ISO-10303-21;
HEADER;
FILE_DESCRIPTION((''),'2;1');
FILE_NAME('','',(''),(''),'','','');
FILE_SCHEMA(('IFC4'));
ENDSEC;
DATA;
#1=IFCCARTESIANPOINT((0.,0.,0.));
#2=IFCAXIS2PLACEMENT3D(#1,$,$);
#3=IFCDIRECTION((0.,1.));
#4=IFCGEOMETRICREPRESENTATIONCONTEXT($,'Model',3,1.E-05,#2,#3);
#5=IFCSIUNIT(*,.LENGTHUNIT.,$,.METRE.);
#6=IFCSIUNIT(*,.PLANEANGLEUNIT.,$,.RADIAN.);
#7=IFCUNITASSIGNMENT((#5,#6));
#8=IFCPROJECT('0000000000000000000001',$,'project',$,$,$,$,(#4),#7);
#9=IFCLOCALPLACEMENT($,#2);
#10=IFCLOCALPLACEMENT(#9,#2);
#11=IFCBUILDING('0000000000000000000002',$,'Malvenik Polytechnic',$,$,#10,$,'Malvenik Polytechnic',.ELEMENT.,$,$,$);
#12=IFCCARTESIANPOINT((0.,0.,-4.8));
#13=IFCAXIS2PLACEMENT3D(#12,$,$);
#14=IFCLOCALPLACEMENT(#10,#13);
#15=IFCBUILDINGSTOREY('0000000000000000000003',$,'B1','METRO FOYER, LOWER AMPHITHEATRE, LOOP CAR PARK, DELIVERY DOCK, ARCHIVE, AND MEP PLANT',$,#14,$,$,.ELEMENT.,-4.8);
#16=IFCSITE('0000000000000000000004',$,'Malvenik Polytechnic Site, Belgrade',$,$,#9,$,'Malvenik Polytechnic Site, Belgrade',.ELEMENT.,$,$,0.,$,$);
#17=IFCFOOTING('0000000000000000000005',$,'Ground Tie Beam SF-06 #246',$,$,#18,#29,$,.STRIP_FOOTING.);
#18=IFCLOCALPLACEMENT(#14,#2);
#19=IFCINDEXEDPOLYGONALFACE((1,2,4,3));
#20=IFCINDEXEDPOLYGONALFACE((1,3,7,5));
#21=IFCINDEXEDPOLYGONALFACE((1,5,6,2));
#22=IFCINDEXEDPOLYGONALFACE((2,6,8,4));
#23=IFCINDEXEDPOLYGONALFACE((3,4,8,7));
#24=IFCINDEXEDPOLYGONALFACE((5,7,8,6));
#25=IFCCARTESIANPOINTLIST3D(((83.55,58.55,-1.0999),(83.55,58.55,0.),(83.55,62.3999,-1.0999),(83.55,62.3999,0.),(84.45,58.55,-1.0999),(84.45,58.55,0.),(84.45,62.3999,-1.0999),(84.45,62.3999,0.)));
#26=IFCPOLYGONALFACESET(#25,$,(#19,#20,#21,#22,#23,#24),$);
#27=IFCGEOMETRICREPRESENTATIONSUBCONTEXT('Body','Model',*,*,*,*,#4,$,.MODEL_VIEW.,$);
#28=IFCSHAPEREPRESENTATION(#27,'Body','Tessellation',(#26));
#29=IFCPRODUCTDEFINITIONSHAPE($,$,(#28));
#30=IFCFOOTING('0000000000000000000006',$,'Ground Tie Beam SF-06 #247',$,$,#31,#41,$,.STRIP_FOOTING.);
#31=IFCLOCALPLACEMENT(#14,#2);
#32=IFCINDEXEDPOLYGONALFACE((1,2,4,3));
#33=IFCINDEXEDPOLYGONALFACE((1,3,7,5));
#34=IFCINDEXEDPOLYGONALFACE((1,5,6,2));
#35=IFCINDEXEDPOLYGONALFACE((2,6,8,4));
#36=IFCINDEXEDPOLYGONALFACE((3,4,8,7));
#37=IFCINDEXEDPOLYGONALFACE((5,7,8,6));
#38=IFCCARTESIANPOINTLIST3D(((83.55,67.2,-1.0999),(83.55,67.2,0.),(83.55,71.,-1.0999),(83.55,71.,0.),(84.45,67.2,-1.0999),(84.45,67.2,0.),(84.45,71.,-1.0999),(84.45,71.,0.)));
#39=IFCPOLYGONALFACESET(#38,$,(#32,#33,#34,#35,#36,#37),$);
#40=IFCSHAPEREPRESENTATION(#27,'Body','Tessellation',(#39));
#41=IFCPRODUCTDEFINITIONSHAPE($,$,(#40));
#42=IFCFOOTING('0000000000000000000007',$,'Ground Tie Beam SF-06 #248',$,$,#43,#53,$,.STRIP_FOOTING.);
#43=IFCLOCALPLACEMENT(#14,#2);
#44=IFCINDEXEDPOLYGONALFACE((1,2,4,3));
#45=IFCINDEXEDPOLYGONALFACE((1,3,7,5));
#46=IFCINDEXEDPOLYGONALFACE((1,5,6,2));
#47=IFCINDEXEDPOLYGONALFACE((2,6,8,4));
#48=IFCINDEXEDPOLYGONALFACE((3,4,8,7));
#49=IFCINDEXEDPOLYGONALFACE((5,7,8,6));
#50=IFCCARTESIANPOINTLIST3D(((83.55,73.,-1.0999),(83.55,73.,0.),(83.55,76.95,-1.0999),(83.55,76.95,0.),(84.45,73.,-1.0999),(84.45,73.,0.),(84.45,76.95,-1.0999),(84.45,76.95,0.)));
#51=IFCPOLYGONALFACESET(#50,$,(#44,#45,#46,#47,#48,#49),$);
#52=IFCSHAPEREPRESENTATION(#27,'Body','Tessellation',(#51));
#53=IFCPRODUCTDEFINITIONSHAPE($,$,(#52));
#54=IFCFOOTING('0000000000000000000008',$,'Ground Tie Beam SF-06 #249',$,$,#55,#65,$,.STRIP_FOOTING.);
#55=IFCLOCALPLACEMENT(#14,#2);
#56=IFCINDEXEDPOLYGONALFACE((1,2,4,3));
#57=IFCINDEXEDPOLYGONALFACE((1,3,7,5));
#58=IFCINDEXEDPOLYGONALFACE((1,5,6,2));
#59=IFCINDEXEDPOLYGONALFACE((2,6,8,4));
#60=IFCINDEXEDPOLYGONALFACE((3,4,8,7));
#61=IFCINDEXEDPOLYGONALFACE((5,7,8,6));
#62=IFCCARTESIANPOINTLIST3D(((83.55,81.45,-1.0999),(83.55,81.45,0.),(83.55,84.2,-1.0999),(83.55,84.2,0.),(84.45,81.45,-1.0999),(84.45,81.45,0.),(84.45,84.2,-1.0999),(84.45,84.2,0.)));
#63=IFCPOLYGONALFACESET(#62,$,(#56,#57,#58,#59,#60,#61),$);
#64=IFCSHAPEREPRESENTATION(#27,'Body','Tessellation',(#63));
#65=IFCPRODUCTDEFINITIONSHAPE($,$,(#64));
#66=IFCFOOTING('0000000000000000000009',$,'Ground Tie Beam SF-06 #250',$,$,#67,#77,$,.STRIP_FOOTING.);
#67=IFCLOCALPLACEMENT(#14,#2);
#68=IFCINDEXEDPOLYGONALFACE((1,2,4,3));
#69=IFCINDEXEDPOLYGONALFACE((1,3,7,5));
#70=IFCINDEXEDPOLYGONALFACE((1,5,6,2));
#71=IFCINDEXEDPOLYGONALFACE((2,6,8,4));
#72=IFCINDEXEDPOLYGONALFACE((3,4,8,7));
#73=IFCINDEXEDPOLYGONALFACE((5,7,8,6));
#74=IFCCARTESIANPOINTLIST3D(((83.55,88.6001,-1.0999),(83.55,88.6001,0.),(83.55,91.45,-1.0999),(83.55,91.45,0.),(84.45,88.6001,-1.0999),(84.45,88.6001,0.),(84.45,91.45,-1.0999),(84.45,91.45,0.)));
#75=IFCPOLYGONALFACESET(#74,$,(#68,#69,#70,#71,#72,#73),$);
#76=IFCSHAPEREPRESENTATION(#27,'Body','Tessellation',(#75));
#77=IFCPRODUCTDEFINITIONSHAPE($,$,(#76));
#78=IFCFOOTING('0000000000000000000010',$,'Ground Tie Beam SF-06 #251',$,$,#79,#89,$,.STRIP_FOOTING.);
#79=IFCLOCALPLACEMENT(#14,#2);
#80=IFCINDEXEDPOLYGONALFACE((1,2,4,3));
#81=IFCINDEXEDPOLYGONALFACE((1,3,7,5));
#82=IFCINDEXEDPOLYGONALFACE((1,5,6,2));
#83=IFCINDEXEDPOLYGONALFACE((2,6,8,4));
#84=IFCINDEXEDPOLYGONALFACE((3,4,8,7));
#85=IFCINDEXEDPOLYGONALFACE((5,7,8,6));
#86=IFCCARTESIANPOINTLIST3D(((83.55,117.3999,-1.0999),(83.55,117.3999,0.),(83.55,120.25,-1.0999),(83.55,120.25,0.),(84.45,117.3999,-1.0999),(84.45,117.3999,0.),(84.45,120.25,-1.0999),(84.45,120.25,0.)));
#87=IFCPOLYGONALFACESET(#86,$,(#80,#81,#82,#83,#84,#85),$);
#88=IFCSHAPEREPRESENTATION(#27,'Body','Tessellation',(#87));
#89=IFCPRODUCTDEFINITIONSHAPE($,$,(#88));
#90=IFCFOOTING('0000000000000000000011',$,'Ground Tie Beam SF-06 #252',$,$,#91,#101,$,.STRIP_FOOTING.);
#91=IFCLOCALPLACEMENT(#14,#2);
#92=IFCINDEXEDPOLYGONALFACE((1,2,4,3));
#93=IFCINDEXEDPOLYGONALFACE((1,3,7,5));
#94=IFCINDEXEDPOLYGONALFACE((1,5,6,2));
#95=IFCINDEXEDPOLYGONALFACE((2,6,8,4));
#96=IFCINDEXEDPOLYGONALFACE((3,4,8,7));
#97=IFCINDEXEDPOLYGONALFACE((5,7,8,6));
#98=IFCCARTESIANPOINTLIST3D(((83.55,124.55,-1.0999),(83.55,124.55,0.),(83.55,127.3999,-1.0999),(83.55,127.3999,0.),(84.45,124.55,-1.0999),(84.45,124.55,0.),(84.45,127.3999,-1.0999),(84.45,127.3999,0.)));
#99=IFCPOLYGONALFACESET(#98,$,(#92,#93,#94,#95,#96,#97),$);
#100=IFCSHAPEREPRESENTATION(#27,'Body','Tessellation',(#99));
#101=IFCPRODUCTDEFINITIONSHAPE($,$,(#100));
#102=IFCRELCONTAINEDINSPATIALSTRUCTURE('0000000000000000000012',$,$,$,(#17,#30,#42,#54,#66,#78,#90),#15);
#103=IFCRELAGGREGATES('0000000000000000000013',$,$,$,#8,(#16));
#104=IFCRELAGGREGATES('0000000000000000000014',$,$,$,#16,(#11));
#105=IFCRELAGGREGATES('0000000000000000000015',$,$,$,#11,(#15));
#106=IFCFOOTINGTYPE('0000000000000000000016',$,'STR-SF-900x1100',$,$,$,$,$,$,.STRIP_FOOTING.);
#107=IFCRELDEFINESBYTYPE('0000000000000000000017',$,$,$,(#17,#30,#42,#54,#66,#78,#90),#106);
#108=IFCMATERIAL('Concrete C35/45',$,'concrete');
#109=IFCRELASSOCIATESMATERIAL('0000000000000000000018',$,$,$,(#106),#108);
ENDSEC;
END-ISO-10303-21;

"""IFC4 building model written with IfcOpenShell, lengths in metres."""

from ifc_helpers import new_model, si_unit, direction, frame, origin, place, context, subcontext, project, spatial, polyline, outline, extrude, material, type_object, element, save


model = new_model("IFC4")

# Units and contexts
model_context = context("Model", 3, precision=1e-05, world=origin(), true_north=direction((0.0, 1.0)))
body_context = subcontext(model_context, "Body", "Model", "MODEL_VIEW")
ifc_project = project(units=[si_unit("LENGTHUNIT", "METRE"), si_unit("PLANEANGLEUNIT", "RADIAN")], contexts=[model_context])

# Site, building, storey
site_placement = place(None, origin())
site = spatial("IfcSite", under=ifc_project, at=site_placement, Name="Malvenik Polytechnic Site, Belgrade", LongName="Malvenik Polytechnic Site, Belgrade", CompositionType="ELEMENT", RefElevation=0.0)
building_placement = place(site_placement, origin())
building = spatial("IfcBuilding", under=site, at=building_placement, Name="Malvenik Polytechnic", LongName="Malvenik Polytechnic", CompositionType="ELEMENT")
storey_placement = place(building_placement, frame((0.0, 0.0, -4.8)))
storey = spatial("IfcBuildingStorey", under=building, at=storey_placement, Name="B1", Description="METRO FOYER, LOWER AMPHITHEATRE, LOOP CAR PARK, DELIVERY DOCK, ARCHIVE, AND MEP PLANT", CompositionType="ELEMENT", Elevation=-4.8)

# Footings
ifc_material = material(Name="Concrete C35/45", Category="concrete")
footing_type_1 = type_object("IfcFootingType", Name="STR-SF-900x1100", PredefinedType="STRIP_FOOTING", material=ifc_material)
footing_1_placement = place(storey_placement, frame((0.0, 0.0, -1.0999)))
element("IfcFooting", 1, at=footing_1_placement, inside=storey, type_object=footing_type_1, Name="Ground Tie Beam SF-06 #246", PredefinedType="STRIP_FOOTING", context=body_context, shape_type="SweptSolid", body=[
    extrude(outline(polyline([(83.55, 58.55), (84.45, 58.55), (84.45, 62.3999), (83.55, 62.3999), (83.55, 58.55)])), origin(), (0.0, 0.0, 1.0), 1.0999),
])
footing_2_placement = place(storey_placement, frame((0.0, 0.0, -1.0999)))
element("IfcFooting", 2, at=footing_2_placement, inside=storey, type_object=footing_type_1, Name="Ground Tie Beam SF-06 #247", PredefinedType="STRIP_FOOTING", context=body_context, shape_type="SweptSolid", body=[
    extrude(outline(polyline([(83.55, 67.2), (84.45, 67.2), (84.45, 71.0), (83.55, 71.0), (83.55, 67.2)])), origin(), (0.0, 0.0, 1.0), 1.0999),
])
footing_3_placement = place(storey_placement, frame((0.0, 0.0, -1.0999)))
element("IfcFooting", 3, at=footing_3_placement, inside=storey, type_object=footing_type_1, Name="Ground Tie Beam SF-06 #248", PredefinedType="STRIP_FOOTING", context=body_context, shape_type="SweptSolid", body=[
    extrude(outline(polyline([(83.55, 73.0), (84.45, 73.0), (84.45, 76.95), (83.55, 76.95), (83.55, 73.0)])), origin(), (0.0, 0.0, 1.0), 1.0999),
])
footing_4_placement = place(storey_placement, frame((0.0, 0.0, -1.0999)))
element("IfcFooting", 4, at=footing_4_placement, inside=storey, type_object=footing_type_1, Name="Ground Tie Beam SF-06 #249", PredefinedType="STRIP_FOOTING", context=body_context, shape_type="SweptSolid", body=[
    extrude(outline(polyline([(83.55, 81.45), (84.45, 81.45), (84.45, 84.2), (83.55, 84.2), (83.55, 81.45)])), origin(), (0.0, 0.0, 1.0), 1.0999),
])
footing_5_placement = place(storey_placement, frame((0.0, 0.0, -1.0999)))
element("IfcFooting", 5, at=footing_5_placement, inside=storey, type_object=footing_type_1, Name="Ground Tie Beam SF-06 #250", PredefinedType="STRIP_FOOTING", context=body_context, shape_type="SweptSolid", body=[
    extrude(outline(polyline([(83.55, 88.6001), (84.45, 88.6001), (84.45, 91.45), (83.55, 91.45), (83.55, 88.6001)])), origin(), (0.0, 0.0, 1.0), 1.0999),
])
footing_6_placement = place(storey_placement, frame((0.0, 0.0, -1.0999)))
element("IfcFooting", 6, at=footing_6_placement, inside=storey, type_object=footing_type_1, Name="Ground Tie Beam SF-06 #251", PredefinedType="STRIP_FOOTING", context=body_context, shape_type="SweptSolid", body=[
    extrude(outline(polyline([(83.55, 117.3999), (84.45, 117.3999), (84.45, 120.25), (83.55, 120.25), (83.55, 117.3999)])), origin(), (0.0, 0.0, 1.0), 1.0999),
])
footing_7_placement = place(storey_placement, frame((0.0, 0.0, -1.0999)))
element("IfcFooting", 7, at=footing_7_placement, inside=storey, type_object=footing_type_1, Name="Ground Tie Beam SF-06 #252", PredefinedType="STRIP_FOOTING", context=body_context, shape_type="SweptSolid", body=[
    extrude(outline(polyline([(83.55, 124.55), (84.45, 124.55), (84.45, 127.3999), (83.55, 127.3999), (83.55, 124.55)])), origin(), (0.0, 0.0, 1.0), 1.0999),
])

save(model, "model.ifc")
